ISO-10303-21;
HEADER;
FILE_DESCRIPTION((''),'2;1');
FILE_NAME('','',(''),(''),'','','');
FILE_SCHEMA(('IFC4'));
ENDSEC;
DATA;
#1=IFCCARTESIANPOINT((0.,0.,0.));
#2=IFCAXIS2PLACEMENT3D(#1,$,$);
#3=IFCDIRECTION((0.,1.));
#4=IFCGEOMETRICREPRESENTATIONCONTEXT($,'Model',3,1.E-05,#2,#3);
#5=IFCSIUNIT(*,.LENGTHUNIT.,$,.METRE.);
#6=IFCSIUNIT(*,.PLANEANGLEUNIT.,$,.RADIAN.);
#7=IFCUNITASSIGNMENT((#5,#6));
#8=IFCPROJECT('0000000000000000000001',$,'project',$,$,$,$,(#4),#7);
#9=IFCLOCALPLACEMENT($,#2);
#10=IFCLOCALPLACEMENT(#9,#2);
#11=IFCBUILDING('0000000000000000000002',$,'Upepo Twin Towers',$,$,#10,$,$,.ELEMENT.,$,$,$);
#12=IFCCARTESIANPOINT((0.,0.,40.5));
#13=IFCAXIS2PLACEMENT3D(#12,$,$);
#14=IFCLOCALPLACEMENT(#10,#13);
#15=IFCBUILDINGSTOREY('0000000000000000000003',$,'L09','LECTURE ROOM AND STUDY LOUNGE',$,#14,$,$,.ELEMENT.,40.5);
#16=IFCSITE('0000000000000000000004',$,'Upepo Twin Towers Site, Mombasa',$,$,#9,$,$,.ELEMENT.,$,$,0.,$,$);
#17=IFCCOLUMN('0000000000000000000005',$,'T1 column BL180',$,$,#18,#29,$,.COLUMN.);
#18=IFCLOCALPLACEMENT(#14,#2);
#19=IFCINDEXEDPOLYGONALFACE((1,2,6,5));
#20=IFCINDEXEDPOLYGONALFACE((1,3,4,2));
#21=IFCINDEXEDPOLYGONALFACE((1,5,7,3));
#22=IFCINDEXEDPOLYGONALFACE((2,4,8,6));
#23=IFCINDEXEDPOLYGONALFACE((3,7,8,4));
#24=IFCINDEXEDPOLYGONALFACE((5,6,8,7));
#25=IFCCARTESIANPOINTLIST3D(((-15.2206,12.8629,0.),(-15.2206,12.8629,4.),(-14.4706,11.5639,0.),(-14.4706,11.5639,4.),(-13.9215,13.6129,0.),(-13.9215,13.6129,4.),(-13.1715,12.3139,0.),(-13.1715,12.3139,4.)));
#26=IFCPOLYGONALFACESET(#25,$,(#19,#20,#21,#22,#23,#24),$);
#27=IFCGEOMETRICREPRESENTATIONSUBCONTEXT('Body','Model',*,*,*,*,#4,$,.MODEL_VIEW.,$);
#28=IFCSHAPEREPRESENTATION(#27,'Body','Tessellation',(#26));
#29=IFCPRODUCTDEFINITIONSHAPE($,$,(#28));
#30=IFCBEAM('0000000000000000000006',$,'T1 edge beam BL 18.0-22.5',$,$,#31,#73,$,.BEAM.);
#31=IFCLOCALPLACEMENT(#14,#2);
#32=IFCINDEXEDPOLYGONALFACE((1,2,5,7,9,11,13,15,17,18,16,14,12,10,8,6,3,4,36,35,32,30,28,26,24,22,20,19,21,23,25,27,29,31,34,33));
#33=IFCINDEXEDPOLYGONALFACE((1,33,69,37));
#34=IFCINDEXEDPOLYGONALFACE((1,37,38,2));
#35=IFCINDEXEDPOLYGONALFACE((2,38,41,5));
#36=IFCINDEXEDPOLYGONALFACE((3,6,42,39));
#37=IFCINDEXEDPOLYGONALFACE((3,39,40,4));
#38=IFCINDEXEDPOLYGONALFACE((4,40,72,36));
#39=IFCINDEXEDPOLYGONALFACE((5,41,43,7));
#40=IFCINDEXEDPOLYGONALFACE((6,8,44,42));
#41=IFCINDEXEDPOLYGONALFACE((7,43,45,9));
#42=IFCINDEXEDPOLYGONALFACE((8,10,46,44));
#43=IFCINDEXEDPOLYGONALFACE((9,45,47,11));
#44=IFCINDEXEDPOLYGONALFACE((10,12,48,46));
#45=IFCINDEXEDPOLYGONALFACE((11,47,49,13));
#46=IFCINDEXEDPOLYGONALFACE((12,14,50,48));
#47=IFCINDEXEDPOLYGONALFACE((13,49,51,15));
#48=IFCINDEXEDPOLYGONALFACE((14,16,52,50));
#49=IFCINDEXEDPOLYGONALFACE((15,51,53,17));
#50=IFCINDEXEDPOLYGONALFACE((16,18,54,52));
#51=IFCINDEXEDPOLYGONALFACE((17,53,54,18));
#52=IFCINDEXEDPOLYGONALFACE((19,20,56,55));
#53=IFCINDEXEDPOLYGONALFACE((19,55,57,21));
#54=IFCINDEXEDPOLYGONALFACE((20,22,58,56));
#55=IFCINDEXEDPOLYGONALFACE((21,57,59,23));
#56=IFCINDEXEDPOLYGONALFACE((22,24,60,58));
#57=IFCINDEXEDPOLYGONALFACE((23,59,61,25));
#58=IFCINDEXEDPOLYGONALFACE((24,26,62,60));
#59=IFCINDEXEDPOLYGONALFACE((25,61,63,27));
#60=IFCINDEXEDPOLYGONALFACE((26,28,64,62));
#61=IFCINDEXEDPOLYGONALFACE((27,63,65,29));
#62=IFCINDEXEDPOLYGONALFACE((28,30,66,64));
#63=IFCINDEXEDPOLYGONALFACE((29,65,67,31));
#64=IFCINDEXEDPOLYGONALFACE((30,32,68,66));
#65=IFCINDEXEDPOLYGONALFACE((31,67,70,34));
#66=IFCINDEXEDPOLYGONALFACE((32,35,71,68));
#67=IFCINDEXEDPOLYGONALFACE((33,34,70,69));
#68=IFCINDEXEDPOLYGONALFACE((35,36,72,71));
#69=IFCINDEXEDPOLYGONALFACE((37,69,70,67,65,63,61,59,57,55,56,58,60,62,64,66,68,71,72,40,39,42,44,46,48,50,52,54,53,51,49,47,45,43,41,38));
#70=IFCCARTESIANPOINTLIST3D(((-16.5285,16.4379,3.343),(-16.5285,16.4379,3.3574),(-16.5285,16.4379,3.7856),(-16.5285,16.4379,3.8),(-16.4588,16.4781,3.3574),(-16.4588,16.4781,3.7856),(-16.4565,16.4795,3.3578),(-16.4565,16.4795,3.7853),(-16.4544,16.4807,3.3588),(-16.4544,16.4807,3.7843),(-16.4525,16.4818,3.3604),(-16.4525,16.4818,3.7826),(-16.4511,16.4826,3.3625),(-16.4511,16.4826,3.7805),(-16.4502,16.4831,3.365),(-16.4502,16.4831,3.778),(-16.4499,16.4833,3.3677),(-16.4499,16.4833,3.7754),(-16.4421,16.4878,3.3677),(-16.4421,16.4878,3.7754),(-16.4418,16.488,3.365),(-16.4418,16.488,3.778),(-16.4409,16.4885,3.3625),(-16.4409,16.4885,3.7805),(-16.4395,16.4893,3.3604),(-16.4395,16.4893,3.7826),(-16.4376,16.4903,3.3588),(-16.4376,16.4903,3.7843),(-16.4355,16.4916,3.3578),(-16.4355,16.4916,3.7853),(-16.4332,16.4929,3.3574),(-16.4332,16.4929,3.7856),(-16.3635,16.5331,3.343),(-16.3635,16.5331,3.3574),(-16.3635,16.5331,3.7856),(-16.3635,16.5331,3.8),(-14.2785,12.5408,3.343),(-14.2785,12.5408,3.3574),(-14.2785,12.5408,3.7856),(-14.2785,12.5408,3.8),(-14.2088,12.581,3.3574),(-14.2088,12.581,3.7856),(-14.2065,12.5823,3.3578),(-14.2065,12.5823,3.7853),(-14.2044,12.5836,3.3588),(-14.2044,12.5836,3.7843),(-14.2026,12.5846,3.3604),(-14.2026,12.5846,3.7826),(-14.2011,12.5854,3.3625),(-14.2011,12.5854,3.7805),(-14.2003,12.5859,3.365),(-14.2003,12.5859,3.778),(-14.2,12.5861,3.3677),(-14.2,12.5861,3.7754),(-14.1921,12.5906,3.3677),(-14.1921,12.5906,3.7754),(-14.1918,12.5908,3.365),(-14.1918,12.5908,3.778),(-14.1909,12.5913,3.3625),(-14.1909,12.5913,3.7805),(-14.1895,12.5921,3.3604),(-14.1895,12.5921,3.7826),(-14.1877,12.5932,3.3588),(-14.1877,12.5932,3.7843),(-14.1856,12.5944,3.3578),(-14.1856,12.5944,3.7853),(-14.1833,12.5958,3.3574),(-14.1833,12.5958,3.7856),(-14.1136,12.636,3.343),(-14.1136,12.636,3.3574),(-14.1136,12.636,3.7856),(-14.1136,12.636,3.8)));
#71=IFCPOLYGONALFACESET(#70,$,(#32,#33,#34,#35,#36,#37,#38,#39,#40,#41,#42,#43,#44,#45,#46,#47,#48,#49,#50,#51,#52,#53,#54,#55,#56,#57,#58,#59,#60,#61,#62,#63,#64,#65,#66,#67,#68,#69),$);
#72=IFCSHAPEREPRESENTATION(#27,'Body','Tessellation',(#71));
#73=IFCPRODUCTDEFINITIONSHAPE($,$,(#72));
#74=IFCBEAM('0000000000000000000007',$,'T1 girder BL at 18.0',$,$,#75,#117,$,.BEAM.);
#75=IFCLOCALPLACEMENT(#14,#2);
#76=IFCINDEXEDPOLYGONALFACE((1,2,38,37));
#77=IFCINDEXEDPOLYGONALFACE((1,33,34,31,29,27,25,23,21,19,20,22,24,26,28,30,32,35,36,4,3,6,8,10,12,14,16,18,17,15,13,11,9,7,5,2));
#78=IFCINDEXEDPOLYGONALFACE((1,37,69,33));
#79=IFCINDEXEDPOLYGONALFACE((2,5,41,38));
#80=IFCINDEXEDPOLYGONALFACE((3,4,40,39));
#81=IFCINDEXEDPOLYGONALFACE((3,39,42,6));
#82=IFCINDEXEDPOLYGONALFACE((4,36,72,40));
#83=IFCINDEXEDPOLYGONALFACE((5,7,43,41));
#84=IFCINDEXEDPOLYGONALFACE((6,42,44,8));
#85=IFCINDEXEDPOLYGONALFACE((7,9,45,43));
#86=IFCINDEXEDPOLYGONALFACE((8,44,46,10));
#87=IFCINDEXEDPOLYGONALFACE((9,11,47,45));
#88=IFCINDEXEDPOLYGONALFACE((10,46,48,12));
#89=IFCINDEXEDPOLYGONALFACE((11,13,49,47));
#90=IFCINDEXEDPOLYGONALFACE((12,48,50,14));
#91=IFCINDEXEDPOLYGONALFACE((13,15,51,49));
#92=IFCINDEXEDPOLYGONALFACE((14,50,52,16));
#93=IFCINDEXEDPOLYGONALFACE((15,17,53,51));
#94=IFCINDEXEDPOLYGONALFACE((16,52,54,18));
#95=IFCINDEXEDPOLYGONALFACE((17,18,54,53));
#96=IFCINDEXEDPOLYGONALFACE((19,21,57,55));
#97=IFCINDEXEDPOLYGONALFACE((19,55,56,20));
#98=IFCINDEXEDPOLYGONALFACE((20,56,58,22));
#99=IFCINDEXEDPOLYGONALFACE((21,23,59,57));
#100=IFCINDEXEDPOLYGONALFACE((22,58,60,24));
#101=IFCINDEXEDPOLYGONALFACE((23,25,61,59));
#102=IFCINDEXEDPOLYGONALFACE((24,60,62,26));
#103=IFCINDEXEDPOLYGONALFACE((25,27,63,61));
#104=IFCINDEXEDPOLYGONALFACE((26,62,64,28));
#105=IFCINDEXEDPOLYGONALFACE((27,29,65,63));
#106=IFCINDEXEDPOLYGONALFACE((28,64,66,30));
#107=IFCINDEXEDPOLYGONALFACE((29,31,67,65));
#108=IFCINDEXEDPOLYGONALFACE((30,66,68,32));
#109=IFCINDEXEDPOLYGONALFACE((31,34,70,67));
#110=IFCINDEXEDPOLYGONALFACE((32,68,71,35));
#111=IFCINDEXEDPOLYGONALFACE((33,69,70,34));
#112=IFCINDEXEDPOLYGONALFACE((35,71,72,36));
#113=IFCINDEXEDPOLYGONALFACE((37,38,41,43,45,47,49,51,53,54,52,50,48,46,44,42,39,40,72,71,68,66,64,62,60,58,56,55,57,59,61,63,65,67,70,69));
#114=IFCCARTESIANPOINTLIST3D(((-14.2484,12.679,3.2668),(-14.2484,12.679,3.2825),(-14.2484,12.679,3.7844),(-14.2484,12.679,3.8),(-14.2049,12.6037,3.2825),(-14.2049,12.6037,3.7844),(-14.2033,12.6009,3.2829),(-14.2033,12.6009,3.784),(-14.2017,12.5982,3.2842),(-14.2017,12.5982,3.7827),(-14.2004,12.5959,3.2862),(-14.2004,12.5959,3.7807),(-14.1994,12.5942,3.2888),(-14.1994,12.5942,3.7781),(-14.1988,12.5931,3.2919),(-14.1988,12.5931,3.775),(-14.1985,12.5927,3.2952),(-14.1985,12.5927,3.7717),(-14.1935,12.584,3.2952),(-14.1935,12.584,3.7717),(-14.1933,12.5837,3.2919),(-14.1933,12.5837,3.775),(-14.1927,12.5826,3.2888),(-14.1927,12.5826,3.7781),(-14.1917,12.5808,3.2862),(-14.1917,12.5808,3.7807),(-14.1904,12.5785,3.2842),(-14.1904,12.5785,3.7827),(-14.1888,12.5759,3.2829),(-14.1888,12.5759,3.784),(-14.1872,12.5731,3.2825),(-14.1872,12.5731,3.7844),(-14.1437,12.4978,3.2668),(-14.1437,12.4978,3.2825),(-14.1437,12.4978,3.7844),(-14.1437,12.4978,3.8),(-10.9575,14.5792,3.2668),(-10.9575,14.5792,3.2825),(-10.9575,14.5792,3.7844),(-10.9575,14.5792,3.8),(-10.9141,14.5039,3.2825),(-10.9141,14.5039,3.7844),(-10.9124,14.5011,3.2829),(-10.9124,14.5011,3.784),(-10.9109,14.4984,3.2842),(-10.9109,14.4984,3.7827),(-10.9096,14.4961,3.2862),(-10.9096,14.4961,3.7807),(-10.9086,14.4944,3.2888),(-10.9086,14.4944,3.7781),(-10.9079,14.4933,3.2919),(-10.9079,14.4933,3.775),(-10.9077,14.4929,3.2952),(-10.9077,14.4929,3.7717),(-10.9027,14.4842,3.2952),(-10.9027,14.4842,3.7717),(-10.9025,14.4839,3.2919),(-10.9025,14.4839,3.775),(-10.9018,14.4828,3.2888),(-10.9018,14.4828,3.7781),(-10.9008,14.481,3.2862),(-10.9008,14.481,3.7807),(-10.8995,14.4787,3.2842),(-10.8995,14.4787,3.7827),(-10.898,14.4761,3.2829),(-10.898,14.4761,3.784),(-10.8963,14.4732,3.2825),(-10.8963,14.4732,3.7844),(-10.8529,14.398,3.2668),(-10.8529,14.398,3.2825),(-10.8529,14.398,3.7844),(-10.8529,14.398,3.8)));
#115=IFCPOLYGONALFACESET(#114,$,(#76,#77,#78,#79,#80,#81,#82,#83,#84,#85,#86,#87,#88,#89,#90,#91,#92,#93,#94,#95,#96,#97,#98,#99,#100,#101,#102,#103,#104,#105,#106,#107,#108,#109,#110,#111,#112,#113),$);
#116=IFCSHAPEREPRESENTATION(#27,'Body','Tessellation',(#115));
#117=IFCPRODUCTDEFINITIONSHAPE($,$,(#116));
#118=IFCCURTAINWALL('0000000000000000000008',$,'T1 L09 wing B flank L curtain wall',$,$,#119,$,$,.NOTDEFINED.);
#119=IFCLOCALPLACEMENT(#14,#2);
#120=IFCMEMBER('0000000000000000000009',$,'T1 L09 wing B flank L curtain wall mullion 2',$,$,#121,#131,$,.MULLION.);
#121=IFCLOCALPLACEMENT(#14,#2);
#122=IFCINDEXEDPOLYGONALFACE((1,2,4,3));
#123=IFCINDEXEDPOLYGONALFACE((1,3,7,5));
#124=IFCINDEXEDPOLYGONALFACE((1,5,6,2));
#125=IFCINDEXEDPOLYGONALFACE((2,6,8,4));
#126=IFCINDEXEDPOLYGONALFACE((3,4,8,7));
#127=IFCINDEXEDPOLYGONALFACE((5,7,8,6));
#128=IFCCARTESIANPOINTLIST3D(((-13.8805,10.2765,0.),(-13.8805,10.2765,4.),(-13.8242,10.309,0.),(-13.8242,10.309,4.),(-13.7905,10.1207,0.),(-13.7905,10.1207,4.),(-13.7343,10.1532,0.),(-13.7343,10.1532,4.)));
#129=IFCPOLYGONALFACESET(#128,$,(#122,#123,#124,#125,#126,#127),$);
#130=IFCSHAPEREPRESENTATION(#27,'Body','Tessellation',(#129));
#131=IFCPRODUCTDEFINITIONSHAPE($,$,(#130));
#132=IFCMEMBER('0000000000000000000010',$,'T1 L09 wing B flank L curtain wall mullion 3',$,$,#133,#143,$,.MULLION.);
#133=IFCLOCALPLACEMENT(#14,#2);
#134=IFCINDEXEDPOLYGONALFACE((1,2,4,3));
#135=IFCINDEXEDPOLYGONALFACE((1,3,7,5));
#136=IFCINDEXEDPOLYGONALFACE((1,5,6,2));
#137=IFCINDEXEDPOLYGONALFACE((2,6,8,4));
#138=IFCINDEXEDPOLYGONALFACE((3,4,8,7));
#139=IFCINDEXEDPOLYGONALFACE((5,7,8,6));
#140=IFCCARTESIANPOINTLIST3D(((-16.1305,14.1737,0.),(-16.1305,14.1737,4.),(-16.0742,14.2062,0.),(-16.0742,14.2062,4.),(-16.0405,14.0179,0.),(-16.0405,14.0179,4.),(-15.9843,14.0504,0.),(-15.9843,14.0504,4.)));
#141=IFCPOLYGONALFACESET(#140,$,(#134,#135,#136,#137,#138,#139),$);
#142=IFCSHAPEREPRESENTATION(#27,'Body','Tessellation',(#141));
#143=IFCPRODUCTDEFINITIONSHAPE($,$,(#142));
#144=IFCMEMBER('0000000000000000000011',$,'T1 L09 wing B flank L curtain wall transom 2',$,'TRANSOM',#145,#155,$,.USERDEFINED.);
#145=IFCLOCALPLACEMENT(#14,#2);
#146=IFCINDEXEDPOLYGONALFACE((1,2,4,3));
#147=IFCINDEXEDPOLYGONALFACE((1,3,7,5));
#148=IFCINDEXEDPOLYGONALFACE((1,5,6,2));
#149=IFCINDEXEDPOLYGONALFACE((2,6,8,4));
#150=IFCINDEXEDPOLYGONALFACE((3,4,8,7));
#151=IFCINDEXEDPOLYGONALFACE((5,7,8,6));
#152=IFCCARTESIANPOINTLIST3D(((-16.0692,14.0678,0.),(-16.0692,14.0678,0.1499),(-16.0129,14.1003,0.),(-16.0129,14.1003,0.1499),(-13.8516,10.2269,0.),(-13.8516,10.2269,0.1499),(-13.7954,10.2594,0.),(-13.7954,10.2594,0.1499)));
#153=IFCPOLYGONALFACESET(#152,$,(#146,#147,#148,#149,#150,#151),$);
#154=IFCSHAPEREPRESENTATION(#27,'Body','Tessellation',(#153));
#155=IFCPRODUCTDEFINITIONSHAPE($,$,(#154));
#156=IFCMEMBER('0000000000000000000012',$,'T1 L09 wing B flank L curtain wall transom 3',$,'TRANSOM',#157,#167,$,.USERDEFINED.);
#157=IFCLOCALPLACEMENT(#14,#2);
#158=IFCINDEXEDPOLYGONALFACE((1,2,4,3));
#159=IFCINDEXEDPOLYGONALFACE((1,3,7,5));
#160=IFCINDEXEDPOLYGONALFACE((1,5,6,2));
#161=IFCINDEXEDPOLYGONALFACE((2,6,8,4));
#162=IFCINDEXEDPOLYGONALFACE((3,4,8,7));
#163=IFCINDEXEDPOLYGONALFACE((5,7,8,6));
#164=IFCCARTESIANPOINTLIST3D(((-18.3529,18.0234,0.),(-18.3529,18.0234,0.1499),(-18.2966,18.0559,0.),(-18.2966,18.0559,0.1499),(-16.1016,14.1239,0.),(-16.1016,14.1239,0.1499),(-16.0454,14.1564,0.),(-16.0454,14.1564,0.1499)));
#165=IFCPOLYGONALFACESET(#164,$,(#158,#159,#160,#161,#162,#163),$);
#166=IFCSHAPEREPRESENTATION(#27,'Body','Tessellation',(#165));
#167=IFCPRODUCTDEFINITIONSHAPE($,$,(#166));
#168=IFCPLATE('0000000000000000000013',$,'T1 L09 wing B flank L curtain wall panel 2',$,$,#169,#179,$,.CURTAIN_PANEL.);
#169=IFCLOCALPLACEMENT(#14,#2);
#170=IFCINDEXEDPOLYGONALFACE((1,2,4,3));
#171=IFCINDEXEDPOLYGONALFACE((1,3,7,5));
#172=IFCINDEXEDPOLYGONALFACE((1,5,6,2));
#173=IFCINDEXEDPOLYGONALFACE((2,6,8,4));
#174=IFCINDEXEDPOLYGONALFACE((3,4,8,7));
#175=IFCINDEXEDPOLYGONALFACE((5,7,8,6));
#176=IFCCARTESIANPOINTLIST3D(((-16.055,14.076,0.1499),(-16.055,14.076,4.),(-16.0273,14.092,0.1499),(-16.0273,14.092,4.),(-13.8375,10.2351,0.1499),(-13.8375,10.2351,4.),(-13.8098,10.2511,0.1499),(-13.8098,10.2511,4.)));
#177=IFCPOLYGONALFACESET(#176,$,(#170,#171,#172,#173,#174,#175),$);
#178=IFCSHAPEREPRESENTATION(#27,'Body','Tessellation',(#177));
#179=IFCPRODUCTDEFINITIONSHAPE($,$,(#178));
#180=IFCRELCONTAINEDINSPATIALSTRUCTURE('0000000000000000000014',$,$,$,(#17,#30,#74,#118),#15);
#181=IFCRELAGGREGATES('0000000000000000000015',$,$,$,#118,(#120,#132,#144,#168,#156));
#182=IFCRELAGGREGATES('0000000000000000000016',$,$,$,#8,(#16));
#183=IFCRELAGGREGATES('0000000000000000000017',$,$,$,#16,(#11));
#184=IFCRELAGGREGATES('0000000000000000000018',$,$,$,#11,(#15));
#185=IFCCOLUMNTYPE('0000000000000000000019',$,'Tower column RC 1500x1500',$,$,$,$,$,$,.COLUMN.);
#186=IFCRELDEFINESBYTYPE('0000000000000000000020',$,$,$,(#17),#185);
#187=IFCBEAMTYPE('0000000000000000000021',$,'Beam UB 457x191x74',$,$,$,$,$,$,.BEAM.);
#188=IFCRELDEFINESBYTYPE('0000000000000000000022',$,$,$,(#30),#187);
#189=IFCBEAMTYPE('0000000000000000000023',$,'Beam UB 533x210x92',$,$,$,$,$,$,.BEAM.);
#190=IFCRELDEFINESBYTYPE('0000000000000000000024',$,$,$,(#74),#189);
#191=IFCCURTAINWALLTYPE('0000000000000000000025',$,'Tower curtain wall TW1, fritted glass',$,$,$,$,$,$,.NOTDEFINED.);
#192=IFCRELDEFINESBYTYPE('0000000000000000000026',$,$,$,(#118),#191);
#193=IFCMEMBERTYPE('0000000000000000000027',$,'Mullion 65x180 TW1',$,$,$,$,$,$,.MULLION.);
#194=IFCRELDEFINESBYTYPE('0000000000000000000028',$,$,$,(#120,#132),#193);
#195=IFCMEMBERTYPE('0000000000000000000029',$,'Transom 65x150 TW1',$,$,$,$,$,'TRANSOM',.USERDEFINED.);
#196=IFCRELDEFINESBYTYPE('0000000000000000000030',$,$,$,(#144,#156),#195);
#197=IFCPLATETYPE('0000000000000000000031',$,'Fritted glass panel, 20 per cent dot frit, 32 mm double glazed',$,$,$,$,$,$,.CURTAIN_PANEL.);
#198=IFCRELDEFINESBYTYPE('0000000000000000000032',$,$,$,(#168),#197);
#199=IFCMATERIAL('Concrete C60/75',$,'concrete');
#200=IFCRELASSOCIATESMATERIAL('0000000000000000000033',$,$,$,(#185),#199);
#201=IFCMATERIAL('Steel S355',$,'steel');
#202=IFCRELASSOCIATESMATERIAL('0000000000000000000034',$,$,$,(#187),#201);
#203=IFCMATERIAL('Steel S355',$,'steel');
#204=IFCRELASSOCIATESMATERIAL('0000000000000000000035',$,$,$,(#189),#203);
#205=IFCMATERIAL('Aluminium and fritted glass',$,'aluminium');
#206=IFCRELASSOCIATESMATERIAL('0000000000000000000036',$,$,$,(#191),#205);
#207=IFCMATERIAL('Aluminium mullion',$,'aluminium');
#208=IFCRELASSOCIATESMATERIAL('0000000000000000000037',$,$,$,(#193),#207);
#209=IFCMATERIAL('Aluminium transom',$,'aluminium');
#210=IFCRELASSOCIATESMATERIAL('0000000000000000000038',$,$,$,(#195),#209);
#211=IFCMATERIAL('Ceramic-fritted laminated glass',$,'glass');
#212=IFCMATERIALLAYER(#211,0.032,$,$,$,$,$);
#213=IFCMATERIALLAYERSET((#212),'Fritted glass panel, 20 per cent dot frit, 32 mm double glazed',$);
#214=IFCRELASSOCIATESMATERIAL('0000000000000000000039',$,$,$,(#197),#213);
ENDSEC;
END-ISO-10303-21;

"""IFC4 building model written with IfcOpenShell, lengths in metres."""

from ifc_helpers import new_model, si_unit, direction, frame, origin, origin_2d, place, context, subcontext, project, spatial, rectangle, i_section, extrude, material, layer, layer_set, material_profile, profile_set, type_object, element, aggregate, save


model = new_model("IFC4")

# Units and contexts
model_context = context("Model", 3, precision=1e-05, world=origin(), true_north=direction((0.0, 1.0)))
body_context = subcontext(model_context, "Body", "Model", "MODEL_VIEW")
ifc_project = project(units=[si_unit("LENGTHUNIT", "METRE"), si_unit("PLANEANGLEUNIT", "RADIAN")], contexts=[model_context])

# Site, building, storey
site_placement = place(None, origin())
site = spatial("IfcSite", under=ifc_project, at=site_placement, Name="Upepo Twin Towers Site, Mombasa", CompositionType="ELEMENT", RefElevation=0.0)
building_placement = place(site_placement, origin())
building = spatial("IfcBuilding", under=site, at=building_placement, Name="Upepo Twin Towers", CompositionType="ELEMENT")
storey_placement = place(building_placement, frame((0.0, 0.0, 40.5)))
storey = spatial("IfcBuildingStorey", under=building, at=storey_placement, Name="L09", Description="LECTURE ROOM AND STUDY LOUNGE", CompositionType="ELEMENT", Elevation=40.5)

# Column
ifc_material_1 = material(Name="Concrete C60/75", Category="concrete")
ifc_material_profile_1 = material_profile(ifc_material_1, rectangle(XDim=1.5, YDim=1.5, at=origin_2d()), Name="RC 1500x1500")
ifc_profile_set_1 = profile_set([ifc_material_profile_1], Name="Concrete C60/75")
column_type = type_object("IfcColumnType", Name="Tower column RC 1500x1500", PredefinedType="COLUMN", material=ifc_profile_set_1)
column_placement = place(storey_placement, frame((-14.196, 12.5884, 0.0), z_axis=(0.0, 0.0, 1.0), x_axis=(0.866025, 0.5, 0.0)))
element("IfcColumn", 1, at=column_placement, inside=storey, type_object=column_type, Name="T1 column BL180", PredefinedType="COLUMN", context=body_context, shape_type="SweptSolid", body=[
    extrude(rectangle(XDim=1.5, YDim=1.5, at=origin_2d()), origin(), (0.0, 0.0, 1.0), 4.0),
])

# Beams
ifc_material_2 = material(Name="Steel S355", Category="steel")
ifc_material_profile_2 = material_profile(ifc_material_2, i_section(OverallWidth=0.1904, OverallDepth=0.457, WebThickness=0.009, FlangeThickness=0.0144, FilletRadius=0.0103, at=origin_2d()), Name="UB 457x191x74")
ifc_profile_set_2 = profile_set([ifc_material_profile_2], Name="Steel S355")
beam_type_1 = type_object("IfcBeamType", Name="Beam UB 457x191x74", PredefinedType="BEAM", material=ifc_profile_set_2)
beam_1_placement = place(storey_placement, frame((-14.196, 12.5884, 3.5715), z_axis=(-0.49999, 0.866031, 0.0), x_axis=(-0.866031, -0.49999, 0.0)))
element("IfcBeam", 2, at=beam_1_placement, inside=storey, type_object=beam_type_1, Name="T1 edge beam BL 18.0-22.5", PredefinedType="BEAM", context=body_context, shape_type="SweptSolid", body=[
    extrude(i_section(OverallWidth=0.1904, OverallDepth=0.457, WebThickness=0.009, FlangeThickness=0.0144, FilletRadius=0.0103, at=origin_2d()), origin(), (0.0, 0.0, 1.0), 4.5),
])
ifc_material_3 = material(Name="Steel S355", Category="steel")
ifc_material_profile_3 = material_profile(ifc_material_3, i_section(OverallWidth=0.2092, OverallDepth=0.5332, WebThickness=0.01, FlangeThickness=0.0156, FilletRadius=0.0127, at=origin_2d()), Name="UB 533x210x92")
ifc_profile_set_3 = profile_set([ifc_material_profile_3], Name="Steel S355")
beam_type_2 = type_object("IfcBeamType", Name="Beam UB 533x210x92", PredefinedType="BEAM", material=ifc_profile_set_3)
beam_2_placement = place(storey_placement, frame((-14.196, 12.5884, 3.5334), z_axis=(0.866, 0.500043, 0.0), x_axis=(-0.500043, 0.866, 0.0)))
element("IfcBeam", 3, at=beam_2_placement, inside=storey, type_object=beam_type_2, Name="T1 girder BL at 18.0", PredefinedType="BEAM", context=body_context, shape_type="SweptSolid", body=[
    extrude(i_section(OverallWidth=0.2092, OverallDepth=0.5332, WebThickness=0.01, FlangeThickness=0.0156, FilletRadius=0.0127, at=origin_2d()), origin(), (0.0, 0.0, 1.0), 3.8),
])

# Curtain wall, members, plate
ifc_material_4 = material(Name="Aluminium and fritted glass", Category="aluminium")
curtain_wall_type = type_object("IfcCurtainWallType", Name="Tower curtain wall TW1, fritted glass", PredefinedType="NOTDEFINED", material=ifc_material_4)
curtain_wall_placement = place(storey_placement, origin())
curtain_wall = element("IfcCurtainWall", 4, at=curtain_wall_placement, inside=storey, type_object=curtain_wall_type, Name="T1 L09 wing B flank L curtain wall", PredefinedType="NOTDEFINED")
ifc_material_5 = material(Name="Aluminium mullion", Category="aluminium")
ifc_material_profile_4 = material_profile(ifc_material_5, rectangle(XDim=0.0649, YDim=0.1799, at=origin_2d()), Name="MULLION 65x180")
ifc_profile_set_4 = profile_set([ifc_material_profile_4], Name="Aluminium mullion")
member_type_1 = type_object("IfcMemberType", Name="Mullion 65x180 TW1", PredefinedType="MULLION", material=ifc_profile_set_4)
member_1_placement = place(storey_placement, frame((-13.8074, 10.2148, 0.0), z_axis=(0.0, 0.0, 1.0), x_axis=(-0.866025, -0.5, 0.0)))
member_1 = element("IfcMember", 5, at=member_1_placement, type_object=member_type_1, Name="T1 L09 wing B flank L curtain wall mullion 2", PredefinedType="MULLION", context=body_context, shape_type="SweptSolid", body=[
    extrude(rectangle(XDim=0.0649, YDim=0.1799, at=origin_2d()), origin(), (0.0, 0.0, 1.0), 4.0),
])
member_2_placement = place(storey_placement, frame((-16.0574, 14.1121, 0.0), z_axis=(0.0, 0.0, 1.0), x_axis=(-0.866025, -0.5, 0.0)))
member_2 = element("IfcMember", 6, at=member_2_placement, type_object=member_type_1, Name="T1 L09 wing B flank L curtain wall mullion 3", PredefinedType="MULLION", context=body_context, shape_type="SweptSolid", body=[
    extrude(rectangle(XDim=0.0649, YDim=0.1799, at=origin_2d()), origin(), (0.0, 0.0, 1.0), 4.0),
])
ifc_material_6 = material(Name="Aluminium transom", Category="aluminium")
ifc_material_profile_5 = material_profile(ifc_material_6, rectangle(XDim=0.0649, YDim=0.1499, at=origin_2d()), Name="TRANSOM 65x150")
ifc_profile_set_5 = profile_set([ifc_material_profile_5], Name="Aluminium transom")
member_type_2 = type_object("IfcMemberType", Name="Transom 65x150 TW1", ElementType="TRANSOM", PredefinedType="USERDEFINED", material=ifc_profile_set_5)
member_3_placement = place(storey_placement, frame((-13.8235, 10.2432, 0.075), z_axis=(-0.500005, 0.866022, 0.0), x_axis=(-0.866022, -0.500005, 0.0)))
member_3 = element("IfcMember", 7, at=member_3_placement, type_object=member_type_2, Name="T1 L09 wing B flank L curtain wall transom 2", ObjectType="TRANSOM", PredefinedType="USERDEFINED", context=body_context, shape_type="SweptSolid", body=[
    extrude(rectangle(XDim=0.0649, YDim=0.1499, at=origin_2d()), origin(), (0.0, 0.0, 1.0), 4.4351),
])
member_4_placement = place(storey_placement, frame((-16.0735, 14.1401, 0.075), z_axis=(-0.499982, 0.866036, 0.0), x_axis=(-0.866036, -0.499982, 0.0)))
member_4 = element("IfcMember", 8, at=member_4_placement, type_object=member_type_2, Name="T1 L09 wing B flank L curtain wall transom 3", ObjectType="TRANSOM", PredefinedType="USERDEFINED", context=body_context, shape_type="SweptSolid", body=[
    extrude(rectangle(XDim=0.0649, YDim=0.1499, at=origin_2d()), origin(), (0.0, 0.0, 1.0), 4.5027),
])
ifc_material_7 = material(Name="Ceramic-fritted laminated glass", Category="glass")
ifc_layer_1 = layer(ifc_material_7, 0.032)
ifc_layer_set_1 = layer_set([ifc_layer_1], Name="Fritted glass panel, 20 per cent dot frit, 32 mm double glazed")
plate_type = type_object("IfcPlateType", Name="Fritted glass panel, 20 per cent dot frit, 32 mm double glazed", PredefinedType="CURTAIN_PANEL", material=ifc_layer_set_1)
plate_1_placement = place(storey_placement, frame((-14.9324, 12.1636, 0.1499), z_axis=(0.0, 0.0, 1.0), x_axis=(-0.5, 0.866025, 0.0)))
plate_1 = element("IfcPlate", 9, at=plate_1_placement, type_object=plate_type, Name="T1 L09 wing B flank L curtain wall panel 2", PredefinedType="CURTAIN_PANEL", context=body_context, shape_type="SweptSolid", body=[
    extrude(rectangle(XDim=4.4351, YDim=0.032, at=origin_2d()), origin(), (0.0, 0.0, 1.0), 3.8501),
])
aggregate(curtain_wall, [member_1, member_2, member_3, plate_1, member_4])

save(model, "model.ifc")
